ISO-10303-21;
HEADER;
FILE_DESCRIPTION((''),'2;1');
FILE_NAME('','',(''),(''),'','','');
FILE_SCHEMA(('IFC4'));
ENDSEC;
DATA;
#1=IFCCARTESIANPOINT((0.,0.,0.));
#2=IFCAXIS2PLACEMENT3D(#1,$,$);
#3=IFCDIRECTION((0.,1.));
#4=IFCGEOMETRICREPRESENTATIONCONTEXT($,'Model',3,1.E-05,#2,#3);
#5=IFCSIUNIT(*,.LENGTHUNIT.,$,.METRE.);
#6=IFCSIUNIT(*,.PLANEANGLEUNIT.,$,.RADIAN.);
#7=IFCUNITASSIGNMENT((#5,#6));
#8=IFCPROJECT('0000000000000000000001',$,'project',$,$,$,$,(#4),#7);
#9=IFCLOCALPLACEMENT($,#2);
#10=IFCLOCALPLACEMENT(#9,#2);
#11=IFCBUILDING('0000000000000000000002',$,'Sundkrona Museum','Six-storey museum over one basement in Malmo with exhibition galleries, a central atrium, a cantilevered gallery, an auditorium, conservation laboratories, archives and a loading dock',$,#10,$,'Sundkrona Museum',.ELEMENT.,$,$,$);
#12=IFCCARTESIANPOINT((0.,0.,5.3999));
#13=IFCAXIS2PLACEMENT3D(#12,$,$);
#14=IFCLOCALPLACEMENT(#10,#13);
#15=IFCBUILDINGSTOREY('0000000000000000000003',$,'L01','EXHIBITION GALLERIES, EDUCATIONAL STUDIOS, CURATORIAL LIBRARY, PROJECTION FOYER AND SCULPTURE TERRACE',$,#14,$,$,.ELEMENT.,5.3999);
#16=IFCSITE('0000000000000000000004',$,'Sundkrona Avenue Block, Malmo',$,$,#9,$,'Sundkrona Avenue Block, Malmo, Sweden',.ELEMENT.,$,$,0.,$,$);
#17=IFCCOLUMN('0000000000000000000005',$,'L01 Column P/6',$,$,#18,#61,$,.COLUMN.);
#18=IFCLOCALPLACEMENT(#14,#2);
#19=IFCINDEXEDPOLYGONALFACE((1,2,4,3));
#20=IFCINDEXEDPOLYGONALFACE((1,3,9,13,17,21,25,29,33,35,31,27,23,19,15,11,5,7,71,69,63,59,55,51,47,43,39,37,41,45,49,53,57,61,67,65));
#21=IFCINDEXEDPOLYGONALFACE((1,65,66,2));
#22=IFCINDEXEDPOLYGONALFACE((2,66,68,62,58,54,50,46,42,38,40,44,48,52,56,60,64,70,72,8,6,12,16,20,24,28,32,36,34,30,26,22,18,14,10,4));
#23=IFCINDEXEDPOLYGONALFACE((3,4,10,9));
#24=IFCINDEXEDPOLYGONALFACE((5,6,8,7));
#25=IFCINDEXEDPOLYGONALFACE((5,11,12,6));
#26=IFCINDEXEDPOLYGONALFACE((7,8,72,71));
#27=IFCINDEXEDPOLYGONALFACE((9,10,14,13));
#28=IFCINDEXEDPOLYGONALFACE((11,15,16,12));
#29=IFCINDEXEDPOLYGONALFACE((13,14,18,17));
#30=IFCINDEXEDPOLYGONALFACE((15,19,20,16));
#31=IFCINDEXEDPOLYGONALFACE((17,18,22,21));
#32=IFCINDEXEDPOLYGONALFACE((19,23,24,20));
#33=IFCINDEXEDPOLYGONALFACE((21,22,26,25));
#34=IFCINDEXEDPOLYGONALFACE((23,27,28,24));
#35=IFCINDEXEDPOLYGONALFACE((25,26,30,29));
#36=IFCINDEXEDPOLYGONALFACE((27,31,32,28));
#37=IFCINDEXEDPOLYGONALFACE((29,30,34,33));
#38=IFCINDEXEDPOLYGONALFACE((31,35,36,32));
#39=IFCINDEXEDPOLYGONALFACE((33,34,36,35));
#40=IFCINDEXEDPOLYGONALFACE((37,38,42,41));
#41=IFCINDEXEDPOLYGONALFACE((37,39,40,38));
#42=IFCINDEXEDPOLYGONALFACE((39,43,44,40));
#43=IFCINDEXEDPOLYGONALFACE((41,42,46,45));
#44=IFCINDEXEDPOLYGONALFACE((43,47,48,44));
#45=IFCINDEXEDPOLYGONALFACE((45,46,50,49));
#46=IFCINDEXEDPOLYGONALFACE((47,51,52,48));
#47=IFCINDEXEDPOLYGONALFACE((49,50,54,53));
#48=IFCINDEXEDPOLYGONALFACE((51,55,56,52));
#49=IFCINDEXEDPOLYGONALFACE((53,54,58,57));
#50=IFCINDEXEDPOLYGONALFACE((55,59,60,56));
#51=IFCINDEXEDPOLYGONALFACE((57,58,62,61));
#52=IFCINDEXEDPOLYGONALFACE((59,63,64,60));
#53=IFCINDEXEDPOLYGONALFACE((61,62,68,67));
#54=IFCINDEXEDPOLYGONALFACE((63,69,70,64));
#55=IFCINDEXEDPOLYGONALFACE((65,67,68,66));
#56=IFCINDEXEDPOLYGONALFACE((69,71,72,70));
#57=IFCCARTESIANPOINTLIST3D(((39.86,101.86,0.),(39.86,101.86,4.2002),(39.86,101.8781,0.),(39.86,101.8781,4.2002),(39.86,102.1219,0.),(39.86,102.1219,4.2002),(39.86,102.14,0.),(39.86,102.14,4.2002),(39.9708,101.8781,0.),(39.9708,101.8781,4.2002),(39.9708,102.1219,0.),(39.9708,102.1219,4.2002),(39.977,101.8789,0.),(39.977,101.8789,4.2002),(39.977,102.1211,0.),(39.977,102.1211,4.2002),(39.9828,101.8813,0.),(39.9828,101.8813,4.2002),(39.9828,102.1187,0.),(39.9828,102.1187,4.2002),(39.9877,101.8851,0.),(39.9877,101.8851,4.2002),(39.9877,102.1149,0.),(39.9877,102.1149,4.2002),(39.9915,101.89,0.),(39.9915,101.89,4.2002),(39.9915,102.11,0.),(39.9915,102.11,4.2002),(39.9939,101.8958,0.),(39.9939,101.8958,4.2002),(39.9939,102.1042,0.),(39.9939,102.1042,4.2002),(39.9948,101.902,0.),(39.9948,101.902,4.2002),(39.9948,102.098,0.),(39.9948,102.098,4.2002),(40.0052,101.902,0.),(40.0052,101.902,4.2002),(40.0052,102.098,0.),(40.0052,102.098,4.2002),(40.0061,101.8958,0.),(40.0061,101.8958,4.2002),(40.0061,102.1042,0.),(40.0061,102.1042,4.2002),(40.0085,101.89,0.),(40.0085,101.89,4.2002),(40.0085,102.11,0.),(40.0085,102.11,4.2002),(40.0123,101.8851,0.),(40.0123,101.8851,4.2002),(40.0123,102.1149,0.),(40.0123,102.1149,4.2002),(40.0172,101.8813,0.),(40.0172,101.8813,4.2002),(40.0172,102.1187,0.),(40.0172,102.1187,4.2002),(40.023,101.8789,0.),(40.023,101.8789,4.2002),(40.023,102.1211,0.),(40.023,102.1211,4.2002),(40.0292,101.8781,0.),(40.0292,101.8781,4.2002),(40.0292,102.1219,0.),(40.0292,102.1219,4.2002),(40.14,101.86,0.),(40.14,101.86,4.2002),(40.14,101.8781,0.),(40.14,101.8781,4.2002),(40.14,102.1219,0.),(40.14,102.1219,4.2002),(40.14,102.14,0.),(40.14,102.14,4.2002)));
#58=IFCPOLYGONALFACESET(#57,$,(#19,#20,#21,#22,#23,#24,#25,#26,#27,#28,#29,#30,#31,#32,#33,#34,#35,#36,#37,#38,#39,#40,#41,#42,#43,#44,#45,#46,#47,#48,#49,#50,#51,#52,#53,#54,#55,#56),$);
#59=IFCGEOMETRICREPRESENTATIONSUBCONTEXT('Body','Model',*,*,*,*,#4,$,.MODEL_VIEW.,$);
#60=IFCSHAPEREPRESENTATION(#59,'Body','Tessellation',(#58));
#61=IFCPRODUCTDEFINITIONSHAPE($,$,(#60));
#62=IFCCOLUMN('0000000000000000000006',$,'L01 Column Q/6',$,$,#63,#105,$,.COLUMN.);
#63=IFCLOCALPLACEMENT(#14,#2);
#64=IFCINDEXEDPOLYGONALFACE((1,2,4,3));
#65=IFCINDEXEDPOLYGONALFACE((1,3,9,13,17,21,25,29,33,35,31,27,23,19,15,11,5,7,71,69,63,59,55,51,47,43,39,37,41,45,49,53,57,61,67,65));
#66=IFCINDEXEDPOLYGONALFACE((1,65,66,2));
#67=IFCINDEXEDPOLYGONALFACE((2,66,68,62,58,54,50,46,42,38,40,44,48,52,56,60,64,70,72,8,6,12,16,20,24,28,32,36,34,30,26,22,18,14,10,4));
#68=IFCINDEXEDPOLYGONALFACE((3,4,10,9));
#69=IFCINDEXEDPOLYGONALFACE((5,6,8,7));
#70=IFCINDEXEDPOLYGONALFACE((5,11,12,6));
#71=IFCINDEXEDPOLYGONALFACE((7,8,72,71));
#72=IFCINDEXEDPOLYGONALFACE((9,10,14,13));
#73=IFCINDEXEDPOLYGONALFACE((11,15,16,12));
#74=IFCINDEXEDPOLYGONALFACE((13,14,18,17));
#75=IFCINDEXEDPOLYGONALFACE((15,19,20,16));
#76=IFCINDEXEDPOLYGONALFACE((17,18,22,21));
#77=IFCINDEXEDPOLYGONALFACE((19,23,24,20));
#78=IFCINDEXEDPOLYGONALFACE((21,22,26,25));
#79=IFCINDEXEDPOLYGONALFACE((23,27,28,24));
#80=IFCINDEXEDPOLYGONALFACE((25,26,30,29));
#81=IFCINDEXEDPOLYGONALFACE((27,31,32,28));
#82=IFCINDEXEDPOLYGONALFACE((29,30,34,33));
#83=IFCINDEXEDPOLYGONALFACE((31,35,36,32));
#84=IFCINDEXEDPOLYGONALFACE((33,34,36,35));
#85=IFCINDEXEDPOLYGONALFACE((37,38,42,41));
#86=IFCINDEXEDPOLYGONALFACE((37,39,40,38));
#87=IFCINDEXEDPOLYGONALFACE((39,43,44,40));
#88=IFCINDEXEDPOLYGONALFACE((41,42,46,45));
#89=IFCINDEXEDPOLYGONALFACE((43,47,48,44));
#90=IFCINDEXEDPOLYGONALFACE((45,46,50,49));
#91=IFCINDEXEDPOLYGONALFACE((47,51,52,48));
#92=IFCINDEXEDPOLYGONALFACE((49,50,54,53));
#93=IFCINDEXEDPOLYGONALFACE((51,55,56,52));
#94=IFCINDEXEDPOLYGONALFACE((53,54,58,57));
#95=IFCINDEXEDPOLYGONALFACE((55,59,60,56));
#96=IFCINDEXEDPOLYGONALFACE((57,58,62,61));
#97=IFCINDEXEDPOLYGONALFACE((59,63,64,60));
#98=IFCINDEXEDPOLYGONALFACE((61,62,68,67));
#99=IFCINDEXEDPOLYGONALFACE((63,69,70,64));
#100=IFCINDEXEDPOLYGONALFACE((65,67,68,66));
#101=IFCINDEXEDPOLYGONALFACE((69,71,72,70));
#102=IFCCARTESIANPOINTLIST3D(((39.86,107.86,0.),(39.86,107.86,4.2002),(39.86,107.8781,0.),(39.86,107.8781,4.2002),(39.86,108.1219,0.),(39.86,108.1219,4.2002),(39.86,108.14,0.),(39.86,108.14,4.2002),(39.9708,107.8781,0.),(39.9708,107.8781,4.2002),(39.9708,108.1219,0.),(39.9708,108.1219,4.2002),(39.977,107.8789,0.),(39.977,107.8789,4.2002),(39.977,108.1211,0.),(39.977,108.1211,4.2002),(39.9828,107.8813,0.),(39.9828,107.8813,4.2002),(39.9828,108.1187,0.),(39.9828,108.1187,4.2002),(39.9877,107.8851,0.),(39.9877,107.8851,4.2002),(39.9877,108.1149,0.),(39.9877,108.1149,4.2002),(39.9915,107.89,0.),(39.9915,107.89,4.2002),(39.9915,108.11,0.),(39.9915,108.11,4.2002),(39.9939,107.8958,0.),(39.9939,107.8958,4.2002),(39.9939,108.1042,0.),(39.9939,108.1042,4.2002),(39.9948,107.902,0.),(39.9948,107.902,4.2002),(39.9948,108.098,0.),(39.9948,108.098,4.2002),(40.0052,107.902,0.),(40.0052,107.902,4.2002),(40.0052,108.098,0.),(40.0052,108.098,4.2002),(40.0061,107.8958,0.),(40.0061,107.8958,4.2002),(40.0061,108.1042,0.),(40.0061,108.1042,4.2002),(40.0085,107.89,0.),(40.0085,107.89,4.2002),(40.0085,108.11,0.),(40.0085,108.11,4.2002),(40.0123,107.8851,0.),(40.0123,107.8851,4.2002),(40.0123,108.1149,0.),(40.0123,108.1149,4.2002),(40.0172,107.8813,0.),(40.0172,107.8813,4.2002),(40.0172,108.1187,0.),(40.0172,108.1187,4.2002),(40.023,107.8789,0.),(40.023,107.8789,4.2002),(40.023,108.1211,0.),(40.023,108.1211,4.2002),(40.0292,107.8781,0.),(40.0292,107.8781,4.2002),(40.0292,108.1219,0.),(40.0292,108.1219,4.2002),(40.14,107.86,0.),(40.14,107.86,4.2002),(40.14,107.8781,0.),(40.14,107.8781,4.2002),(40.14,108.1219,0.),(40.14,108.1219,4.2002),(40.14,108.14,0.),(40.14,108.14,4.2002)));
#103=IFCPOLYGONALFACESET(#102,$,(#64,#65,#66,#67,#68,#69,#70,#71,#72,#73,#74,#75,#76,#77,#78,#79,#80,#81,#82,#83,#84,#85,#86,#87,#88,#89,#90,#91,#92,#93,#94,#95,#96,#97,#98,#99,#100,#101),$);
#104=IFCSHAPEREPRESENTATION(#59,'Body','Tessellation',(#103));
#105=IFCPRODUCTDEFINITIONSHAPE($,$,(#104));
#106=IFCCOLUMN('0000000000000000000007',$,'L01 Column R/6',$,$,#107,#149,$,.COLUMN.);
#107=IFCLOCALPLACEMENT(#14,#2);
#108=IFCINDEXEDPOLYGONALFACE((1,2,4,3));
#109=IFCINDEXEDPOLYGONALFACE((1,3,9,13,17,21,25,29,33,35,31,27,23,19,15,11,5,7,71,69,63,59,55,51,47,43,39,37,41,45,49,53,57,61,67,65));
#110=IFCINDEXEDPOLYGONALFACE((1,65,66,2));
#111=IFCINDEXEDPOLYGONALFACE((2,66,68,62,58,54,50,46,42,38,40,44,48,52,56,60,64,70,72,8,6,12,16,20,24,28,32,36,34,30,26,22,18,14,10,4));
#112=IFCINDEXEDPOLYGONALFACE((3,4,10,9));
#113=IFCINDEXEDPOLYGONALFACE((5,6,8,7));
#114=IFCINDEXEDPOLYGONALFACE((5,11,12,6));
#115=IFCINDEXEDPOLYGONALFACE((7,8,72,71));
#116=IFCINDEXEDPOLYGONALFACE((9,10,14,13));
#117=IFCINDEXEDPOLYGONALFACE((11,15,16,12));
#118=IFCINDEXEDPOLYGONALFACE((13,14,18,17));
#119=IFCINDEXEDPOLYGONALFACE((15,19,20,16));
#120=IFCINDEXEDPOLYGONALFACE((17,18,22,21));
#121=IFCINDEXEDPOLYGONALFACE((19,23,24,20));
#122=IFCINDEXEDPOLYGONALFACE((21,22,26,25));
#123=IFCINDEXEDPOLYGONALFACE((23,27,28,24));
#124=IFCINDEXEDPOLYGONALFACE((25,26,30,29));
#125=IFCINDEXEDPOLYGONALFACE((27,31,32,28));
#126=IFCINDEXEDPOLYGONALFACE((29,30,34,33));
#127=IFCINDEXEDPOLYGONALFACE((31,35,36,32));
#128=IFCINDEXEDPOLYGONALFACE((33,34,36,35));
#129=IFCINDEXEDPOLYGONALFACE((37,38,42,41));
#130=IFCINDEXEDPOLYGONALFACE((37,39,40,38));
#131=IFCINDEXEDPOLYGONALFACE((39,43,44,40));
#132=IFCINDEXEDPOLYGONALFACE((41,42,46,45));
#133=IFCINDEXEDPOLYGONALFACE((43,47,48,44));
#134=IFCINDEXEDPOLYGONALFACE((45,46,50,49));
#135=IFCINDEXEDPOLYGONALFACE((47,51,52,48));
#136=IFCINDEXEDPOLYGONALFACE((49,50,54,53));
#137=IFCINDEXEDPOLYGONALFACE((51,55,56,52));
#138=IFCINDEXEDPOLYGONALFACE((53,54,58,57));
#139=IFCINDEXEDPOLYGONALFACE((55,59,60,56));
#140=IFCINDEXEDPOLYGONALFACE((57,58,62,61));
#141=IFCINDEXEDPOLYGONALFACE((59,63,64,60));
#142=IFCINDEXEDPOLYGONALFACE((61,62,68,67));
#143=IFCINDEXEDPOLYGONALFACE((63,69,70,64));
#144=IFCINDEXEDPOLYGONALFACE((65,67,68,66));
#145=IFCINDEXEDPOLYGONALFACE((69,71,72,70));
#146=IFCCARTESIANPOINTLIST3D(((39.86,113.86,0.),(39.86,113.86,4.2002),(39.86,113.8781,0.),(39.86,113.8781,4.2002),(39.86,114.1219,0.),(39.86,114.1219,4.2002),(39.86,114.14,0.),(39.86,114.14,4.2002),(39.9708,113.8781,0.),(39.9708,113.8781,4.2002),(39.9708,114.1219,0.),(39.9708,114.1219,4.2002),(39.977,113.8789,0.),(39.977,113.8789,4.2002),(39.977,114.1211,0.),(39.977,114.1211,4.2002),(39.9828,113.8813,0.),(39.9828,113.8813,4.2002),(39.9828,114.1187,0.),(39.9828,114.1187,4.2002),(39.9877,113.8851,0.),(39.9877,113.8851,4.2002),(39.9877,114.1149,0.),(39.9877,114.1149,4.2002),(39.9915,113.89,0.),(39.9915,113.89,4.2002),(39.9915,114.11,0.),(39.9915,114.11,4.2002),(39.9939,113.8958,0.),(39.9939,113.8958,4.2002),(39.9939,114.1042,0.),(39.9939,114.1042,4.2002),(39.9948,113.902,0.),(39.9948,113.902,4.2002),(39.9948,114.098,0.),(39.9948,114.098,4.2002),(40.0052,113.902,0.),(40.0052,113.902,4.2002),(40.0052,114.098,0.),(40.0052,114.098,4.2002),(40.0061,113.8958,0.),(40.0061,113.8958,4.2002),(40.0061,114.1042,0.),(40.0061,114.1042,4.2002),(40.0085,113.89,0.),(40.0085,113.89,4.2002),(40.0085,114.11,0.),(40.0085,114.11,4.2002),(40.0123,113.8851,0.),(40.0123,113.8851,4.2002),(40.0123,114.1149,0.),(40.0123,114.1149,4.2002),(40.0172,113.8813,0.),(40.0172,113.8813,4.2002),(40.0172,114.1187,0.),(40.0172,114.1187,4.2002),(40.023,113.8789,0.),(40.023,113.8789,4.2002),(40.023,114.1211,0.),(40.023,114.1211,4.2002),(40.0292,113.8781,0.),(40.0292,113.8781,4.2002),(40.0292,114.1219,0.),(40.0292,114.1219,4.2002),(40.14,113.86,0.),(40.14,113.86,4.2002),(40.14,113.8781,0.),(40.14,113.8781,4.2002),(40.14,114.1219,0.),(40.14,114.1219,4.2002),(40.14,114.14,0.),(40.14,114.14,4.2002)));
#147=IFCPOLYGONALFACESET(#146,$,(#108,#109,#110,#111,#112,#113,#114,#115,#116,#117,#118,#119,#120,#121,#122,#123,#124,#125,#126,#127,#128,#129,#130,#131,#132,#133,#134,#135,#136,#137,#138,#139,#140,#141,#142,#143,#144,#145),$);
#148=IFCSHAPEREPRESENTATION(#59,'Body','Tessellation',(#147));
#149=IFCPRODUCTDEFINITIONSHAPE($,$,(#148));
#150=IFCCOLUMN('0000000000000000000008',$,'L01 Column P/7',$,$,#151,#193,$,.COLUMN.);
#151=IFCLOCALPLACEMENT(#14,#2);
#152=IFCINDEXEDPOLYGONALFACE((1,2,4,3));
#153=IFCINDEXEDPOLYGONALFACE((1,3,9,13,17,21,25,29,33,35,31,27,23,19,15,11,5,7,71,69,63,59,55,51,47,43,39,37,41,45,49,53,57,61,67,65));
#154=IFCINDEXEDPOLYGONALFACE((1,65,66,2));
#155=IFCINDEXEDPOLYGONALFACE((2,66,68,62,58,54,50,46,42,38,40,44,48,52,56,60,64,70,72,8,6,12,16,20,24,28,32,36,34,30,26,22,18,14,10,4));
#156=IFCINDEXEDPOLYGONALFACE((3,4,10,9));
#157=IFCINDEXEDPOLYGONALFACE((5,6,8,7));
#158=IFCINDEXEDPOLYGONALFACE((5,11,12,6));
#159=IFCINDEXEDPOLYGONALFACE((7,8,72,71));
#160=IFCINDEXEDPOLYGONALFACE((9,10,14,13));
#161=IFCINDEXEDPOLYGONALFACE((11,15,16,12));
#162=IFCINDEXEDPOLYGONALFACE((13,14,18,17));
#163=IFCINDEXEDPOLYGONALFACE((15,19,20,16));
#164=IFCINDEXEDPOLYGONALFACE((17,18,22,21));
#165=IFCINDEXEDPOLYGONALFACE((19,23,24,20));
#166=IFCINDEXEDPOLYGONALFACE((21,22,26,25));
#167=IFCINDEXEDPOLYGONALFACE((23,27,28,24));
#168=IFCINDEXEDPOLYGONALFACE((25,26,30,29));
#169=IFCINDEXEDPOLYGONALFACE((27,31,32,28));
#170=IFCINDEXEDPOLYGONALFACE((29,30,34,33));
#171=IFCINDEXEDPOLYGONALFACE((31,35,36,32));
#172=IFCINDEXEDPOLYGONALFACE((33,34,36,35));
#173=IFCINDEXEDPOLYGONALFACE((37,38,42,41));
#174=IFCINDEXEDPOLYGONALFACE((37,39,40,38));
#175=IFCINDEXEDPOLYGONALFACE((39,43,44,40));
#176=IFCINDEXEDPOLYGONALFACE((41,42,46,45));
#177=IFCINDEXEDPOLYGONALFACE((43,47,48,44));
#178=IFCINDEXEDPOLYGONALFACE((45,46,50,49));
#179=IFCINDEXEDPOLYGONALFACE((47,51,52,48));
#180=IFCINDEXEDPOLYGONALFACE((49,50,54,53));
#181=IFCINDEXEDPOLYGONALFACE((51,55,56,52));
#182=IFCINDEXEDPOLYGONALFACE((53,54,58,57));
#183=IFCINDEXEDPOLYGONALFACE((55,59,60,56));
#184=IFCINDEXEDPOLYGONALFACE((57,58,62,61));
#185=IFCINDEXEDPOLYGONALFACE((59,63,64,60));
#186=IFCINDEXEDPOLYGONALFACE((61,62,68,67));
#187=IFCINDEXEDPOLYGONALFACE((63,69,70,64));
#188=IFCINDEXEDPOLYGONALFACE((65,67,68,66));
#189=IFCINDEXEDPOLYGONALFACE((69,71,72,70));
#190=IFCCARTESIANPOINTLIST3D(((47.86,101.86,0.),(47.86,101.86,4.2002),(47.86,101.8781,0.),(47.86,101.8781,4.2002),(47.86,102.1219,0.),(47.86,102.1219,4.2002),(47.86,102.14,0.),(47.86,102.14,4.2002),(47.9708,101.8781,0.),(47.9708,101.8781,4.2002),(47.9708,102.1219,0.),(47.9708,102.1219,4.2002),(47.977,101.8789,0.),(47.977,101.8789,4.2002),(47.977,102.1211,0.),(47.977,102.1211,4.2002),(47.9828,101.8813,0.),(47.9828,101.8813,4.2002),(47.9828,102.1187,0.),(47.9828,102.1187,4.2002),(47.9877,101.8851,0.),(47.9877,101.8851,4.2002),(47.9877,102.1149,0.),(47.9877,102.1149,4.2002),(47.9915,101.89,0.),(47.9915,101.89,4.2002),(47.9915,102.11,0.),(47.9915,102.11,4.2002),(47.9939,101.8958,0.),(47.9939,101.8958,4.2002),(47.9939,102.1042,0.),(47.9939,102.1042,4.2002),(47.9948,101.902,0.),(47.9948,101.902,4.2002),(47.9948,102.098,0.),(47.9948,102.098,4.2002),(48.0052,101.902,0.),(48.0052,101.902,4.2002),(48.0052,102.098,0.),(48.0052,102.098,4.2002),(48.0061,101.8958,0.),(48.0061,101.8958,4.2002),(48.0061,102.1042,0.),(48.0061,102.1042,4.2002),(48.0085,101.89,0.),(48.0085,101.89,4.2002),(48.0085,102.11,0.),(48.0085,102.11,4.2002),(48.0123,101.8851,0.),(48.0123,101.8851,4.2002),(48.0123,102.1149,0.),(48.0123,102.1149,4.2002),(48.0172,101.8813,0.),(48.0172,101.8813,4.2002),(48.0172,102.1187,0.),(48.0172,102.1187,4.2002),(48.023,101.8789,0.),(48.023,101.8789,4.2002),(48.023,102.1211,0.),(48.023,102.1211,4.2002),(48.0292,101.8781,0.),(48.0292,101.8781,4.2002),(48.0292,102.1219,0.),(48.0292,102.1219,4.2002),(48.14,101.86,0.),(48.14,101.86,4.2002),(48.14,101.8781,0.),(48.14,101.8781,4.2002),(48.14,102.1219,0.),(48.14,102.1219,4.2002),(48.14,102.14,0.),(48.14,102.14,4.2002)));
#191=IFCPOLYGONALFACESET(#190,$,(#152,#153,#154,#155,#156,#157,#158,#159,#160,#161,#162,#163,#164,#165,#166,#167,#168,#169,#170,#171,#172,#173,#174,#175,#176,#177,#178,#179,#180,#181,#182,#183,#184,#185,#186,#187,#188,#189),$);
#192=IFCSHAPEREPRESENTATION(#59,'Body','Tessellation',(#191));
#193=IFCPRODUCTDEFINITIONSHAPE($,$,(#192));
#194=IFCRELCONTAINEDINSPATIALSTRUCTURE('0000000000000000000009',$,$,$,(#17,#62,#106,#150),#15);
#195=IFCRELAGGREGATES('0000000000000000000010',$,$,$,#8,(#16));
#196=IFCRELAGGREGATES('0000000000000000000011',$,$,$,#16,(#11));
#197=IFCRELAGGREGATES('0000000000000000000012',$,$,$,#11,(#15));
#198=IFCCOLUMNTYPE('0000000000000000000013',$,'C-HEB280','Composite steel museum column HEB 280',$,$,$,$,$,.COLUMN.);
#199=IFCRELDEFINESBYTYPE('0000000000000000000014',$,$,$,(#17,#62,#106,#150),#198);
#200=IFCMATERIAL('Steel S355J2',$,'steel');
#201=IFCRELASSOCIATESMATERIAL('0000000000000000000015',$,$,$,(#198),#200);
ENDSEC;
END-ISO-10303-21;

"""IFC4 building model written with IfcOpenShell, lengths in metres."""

from ifc_helpers import new_model, si_unit, direction, frame, origin, origin_2d, place, context, subcontext, project, spatial, i_section, extrude, material, material_profile, profile_set, type_object, element, save


model = new_model("IFC4")

# Units and contexts
model_context = context("Model", 3, precision=1e-05, world=origin(), true_north=direction((0.0, 1.0)))
body_context = subcontext(model_context, "Body", "Model", "MODEL_VIEW")
ifc_project = project(units=[si_unit("LENGTHUNIT", "METRE"), si_unit("PLANEANGLEUNIT", "RADIAN")], contexts=[model_context])

# Site, building, storey
site_placement = place(None, origin())
site = spatial("IfcSite", under=ifc_project, at=site_placement, Name="Sundkrona Avenue Block, Malmo", LongName="Sundkrona Avenue Block, Malmo, Sweden", CompositionType="ELEMENT", RefElevation=0.0)
building_placement = place(site_placement, origin())
building = spatial("IfcBuilding", under=site, at=building_placement, Name="Sundkrona Museum", Description="Six-storey museum over one basement in Malmo with exhibition galleries, a central atrium, a cantilevered gallery, an auditorium, conservation laboratories, archives and a loading dock", LongName="Sundkrona Museum", CompositionType="ELEMENT")
storey_placement = place(building_placement, frame((0.0, 0.0, 5.3999)))
storey = spatial("IfcBuildingStorey", under=building, at=storey_placement, Name="L01", Description="EXHIBITION GALLERIES, EDUCATIONAL STUDIOS, CURATORIAL LIBRARY, PROJECTION FOYER AND SCULPTURE TERRACE", CompositionType="ELEMENT", Elevation=5.3999)

# Columns
ifc_material_1 = material(Name="Steel S355J2", Category="steel")
ifc_material_profile_1 = material_profile(ifc_material_1, i_section(OverallWidth=0.28, OverallDepth=0.28, WebThickness=0.0105, FlangeThickness=0.0181, FilletRadius=0.0239, at=origin_2d()), Name="HEB 280")
ifc_profile_set_1 = profile_set([ifc_material_profile_1], Name="Steel S355J2")
column_type = type_object("IfcColumnType", Name="C-HEB280", Description="Composite steel museum column HEB 280", PredefinedType="COLUMN", material=ifc_profile_set_1)
for number, where, z_axis, x_axis, name in (
    (1, (40.0, 102.0, 0.0), (0.0, 0.0, 1.0), (1.0, 0.0, 0.0), "L01 Column P/6"),
    (2, (40.0, 108.0, 0.0), (0.0, 0.0, 1.0), (1.0, 0.0, 0.0), "L01 Column Q/6"),
    (3, (40.0, 114.0, 0.0), (0.0, 0.0, 1.0), (1.0, 0.0, 0.0), "L01 Column R/6"),
    (4, (48.0, 102.0, 0.0), (0.0, 0.0, 1.0), (1.0, 0.0, 0.0), "L01 Column P/7"),
):
    element("IfcColumn", number, at=place(storey_placement, frame(where, z_axis=z_axis, x_axis=x_axis)), inside=storey, type_object=column_type, Name=name, PredefinedType="COLUMN", context=body_context, shape_type="SweptSolid", body=[
        extrude(i_section(OverallWidth=0.28, OverallDepth=0.28, WebThickness=0.0105, FlangeThickness=0.0181, FilletRadius=0.0239, at=origin_2d()), origin(), (0.0, 0.0, 1.0), 4.2002),
    ])

save(model, "model.ifc")
